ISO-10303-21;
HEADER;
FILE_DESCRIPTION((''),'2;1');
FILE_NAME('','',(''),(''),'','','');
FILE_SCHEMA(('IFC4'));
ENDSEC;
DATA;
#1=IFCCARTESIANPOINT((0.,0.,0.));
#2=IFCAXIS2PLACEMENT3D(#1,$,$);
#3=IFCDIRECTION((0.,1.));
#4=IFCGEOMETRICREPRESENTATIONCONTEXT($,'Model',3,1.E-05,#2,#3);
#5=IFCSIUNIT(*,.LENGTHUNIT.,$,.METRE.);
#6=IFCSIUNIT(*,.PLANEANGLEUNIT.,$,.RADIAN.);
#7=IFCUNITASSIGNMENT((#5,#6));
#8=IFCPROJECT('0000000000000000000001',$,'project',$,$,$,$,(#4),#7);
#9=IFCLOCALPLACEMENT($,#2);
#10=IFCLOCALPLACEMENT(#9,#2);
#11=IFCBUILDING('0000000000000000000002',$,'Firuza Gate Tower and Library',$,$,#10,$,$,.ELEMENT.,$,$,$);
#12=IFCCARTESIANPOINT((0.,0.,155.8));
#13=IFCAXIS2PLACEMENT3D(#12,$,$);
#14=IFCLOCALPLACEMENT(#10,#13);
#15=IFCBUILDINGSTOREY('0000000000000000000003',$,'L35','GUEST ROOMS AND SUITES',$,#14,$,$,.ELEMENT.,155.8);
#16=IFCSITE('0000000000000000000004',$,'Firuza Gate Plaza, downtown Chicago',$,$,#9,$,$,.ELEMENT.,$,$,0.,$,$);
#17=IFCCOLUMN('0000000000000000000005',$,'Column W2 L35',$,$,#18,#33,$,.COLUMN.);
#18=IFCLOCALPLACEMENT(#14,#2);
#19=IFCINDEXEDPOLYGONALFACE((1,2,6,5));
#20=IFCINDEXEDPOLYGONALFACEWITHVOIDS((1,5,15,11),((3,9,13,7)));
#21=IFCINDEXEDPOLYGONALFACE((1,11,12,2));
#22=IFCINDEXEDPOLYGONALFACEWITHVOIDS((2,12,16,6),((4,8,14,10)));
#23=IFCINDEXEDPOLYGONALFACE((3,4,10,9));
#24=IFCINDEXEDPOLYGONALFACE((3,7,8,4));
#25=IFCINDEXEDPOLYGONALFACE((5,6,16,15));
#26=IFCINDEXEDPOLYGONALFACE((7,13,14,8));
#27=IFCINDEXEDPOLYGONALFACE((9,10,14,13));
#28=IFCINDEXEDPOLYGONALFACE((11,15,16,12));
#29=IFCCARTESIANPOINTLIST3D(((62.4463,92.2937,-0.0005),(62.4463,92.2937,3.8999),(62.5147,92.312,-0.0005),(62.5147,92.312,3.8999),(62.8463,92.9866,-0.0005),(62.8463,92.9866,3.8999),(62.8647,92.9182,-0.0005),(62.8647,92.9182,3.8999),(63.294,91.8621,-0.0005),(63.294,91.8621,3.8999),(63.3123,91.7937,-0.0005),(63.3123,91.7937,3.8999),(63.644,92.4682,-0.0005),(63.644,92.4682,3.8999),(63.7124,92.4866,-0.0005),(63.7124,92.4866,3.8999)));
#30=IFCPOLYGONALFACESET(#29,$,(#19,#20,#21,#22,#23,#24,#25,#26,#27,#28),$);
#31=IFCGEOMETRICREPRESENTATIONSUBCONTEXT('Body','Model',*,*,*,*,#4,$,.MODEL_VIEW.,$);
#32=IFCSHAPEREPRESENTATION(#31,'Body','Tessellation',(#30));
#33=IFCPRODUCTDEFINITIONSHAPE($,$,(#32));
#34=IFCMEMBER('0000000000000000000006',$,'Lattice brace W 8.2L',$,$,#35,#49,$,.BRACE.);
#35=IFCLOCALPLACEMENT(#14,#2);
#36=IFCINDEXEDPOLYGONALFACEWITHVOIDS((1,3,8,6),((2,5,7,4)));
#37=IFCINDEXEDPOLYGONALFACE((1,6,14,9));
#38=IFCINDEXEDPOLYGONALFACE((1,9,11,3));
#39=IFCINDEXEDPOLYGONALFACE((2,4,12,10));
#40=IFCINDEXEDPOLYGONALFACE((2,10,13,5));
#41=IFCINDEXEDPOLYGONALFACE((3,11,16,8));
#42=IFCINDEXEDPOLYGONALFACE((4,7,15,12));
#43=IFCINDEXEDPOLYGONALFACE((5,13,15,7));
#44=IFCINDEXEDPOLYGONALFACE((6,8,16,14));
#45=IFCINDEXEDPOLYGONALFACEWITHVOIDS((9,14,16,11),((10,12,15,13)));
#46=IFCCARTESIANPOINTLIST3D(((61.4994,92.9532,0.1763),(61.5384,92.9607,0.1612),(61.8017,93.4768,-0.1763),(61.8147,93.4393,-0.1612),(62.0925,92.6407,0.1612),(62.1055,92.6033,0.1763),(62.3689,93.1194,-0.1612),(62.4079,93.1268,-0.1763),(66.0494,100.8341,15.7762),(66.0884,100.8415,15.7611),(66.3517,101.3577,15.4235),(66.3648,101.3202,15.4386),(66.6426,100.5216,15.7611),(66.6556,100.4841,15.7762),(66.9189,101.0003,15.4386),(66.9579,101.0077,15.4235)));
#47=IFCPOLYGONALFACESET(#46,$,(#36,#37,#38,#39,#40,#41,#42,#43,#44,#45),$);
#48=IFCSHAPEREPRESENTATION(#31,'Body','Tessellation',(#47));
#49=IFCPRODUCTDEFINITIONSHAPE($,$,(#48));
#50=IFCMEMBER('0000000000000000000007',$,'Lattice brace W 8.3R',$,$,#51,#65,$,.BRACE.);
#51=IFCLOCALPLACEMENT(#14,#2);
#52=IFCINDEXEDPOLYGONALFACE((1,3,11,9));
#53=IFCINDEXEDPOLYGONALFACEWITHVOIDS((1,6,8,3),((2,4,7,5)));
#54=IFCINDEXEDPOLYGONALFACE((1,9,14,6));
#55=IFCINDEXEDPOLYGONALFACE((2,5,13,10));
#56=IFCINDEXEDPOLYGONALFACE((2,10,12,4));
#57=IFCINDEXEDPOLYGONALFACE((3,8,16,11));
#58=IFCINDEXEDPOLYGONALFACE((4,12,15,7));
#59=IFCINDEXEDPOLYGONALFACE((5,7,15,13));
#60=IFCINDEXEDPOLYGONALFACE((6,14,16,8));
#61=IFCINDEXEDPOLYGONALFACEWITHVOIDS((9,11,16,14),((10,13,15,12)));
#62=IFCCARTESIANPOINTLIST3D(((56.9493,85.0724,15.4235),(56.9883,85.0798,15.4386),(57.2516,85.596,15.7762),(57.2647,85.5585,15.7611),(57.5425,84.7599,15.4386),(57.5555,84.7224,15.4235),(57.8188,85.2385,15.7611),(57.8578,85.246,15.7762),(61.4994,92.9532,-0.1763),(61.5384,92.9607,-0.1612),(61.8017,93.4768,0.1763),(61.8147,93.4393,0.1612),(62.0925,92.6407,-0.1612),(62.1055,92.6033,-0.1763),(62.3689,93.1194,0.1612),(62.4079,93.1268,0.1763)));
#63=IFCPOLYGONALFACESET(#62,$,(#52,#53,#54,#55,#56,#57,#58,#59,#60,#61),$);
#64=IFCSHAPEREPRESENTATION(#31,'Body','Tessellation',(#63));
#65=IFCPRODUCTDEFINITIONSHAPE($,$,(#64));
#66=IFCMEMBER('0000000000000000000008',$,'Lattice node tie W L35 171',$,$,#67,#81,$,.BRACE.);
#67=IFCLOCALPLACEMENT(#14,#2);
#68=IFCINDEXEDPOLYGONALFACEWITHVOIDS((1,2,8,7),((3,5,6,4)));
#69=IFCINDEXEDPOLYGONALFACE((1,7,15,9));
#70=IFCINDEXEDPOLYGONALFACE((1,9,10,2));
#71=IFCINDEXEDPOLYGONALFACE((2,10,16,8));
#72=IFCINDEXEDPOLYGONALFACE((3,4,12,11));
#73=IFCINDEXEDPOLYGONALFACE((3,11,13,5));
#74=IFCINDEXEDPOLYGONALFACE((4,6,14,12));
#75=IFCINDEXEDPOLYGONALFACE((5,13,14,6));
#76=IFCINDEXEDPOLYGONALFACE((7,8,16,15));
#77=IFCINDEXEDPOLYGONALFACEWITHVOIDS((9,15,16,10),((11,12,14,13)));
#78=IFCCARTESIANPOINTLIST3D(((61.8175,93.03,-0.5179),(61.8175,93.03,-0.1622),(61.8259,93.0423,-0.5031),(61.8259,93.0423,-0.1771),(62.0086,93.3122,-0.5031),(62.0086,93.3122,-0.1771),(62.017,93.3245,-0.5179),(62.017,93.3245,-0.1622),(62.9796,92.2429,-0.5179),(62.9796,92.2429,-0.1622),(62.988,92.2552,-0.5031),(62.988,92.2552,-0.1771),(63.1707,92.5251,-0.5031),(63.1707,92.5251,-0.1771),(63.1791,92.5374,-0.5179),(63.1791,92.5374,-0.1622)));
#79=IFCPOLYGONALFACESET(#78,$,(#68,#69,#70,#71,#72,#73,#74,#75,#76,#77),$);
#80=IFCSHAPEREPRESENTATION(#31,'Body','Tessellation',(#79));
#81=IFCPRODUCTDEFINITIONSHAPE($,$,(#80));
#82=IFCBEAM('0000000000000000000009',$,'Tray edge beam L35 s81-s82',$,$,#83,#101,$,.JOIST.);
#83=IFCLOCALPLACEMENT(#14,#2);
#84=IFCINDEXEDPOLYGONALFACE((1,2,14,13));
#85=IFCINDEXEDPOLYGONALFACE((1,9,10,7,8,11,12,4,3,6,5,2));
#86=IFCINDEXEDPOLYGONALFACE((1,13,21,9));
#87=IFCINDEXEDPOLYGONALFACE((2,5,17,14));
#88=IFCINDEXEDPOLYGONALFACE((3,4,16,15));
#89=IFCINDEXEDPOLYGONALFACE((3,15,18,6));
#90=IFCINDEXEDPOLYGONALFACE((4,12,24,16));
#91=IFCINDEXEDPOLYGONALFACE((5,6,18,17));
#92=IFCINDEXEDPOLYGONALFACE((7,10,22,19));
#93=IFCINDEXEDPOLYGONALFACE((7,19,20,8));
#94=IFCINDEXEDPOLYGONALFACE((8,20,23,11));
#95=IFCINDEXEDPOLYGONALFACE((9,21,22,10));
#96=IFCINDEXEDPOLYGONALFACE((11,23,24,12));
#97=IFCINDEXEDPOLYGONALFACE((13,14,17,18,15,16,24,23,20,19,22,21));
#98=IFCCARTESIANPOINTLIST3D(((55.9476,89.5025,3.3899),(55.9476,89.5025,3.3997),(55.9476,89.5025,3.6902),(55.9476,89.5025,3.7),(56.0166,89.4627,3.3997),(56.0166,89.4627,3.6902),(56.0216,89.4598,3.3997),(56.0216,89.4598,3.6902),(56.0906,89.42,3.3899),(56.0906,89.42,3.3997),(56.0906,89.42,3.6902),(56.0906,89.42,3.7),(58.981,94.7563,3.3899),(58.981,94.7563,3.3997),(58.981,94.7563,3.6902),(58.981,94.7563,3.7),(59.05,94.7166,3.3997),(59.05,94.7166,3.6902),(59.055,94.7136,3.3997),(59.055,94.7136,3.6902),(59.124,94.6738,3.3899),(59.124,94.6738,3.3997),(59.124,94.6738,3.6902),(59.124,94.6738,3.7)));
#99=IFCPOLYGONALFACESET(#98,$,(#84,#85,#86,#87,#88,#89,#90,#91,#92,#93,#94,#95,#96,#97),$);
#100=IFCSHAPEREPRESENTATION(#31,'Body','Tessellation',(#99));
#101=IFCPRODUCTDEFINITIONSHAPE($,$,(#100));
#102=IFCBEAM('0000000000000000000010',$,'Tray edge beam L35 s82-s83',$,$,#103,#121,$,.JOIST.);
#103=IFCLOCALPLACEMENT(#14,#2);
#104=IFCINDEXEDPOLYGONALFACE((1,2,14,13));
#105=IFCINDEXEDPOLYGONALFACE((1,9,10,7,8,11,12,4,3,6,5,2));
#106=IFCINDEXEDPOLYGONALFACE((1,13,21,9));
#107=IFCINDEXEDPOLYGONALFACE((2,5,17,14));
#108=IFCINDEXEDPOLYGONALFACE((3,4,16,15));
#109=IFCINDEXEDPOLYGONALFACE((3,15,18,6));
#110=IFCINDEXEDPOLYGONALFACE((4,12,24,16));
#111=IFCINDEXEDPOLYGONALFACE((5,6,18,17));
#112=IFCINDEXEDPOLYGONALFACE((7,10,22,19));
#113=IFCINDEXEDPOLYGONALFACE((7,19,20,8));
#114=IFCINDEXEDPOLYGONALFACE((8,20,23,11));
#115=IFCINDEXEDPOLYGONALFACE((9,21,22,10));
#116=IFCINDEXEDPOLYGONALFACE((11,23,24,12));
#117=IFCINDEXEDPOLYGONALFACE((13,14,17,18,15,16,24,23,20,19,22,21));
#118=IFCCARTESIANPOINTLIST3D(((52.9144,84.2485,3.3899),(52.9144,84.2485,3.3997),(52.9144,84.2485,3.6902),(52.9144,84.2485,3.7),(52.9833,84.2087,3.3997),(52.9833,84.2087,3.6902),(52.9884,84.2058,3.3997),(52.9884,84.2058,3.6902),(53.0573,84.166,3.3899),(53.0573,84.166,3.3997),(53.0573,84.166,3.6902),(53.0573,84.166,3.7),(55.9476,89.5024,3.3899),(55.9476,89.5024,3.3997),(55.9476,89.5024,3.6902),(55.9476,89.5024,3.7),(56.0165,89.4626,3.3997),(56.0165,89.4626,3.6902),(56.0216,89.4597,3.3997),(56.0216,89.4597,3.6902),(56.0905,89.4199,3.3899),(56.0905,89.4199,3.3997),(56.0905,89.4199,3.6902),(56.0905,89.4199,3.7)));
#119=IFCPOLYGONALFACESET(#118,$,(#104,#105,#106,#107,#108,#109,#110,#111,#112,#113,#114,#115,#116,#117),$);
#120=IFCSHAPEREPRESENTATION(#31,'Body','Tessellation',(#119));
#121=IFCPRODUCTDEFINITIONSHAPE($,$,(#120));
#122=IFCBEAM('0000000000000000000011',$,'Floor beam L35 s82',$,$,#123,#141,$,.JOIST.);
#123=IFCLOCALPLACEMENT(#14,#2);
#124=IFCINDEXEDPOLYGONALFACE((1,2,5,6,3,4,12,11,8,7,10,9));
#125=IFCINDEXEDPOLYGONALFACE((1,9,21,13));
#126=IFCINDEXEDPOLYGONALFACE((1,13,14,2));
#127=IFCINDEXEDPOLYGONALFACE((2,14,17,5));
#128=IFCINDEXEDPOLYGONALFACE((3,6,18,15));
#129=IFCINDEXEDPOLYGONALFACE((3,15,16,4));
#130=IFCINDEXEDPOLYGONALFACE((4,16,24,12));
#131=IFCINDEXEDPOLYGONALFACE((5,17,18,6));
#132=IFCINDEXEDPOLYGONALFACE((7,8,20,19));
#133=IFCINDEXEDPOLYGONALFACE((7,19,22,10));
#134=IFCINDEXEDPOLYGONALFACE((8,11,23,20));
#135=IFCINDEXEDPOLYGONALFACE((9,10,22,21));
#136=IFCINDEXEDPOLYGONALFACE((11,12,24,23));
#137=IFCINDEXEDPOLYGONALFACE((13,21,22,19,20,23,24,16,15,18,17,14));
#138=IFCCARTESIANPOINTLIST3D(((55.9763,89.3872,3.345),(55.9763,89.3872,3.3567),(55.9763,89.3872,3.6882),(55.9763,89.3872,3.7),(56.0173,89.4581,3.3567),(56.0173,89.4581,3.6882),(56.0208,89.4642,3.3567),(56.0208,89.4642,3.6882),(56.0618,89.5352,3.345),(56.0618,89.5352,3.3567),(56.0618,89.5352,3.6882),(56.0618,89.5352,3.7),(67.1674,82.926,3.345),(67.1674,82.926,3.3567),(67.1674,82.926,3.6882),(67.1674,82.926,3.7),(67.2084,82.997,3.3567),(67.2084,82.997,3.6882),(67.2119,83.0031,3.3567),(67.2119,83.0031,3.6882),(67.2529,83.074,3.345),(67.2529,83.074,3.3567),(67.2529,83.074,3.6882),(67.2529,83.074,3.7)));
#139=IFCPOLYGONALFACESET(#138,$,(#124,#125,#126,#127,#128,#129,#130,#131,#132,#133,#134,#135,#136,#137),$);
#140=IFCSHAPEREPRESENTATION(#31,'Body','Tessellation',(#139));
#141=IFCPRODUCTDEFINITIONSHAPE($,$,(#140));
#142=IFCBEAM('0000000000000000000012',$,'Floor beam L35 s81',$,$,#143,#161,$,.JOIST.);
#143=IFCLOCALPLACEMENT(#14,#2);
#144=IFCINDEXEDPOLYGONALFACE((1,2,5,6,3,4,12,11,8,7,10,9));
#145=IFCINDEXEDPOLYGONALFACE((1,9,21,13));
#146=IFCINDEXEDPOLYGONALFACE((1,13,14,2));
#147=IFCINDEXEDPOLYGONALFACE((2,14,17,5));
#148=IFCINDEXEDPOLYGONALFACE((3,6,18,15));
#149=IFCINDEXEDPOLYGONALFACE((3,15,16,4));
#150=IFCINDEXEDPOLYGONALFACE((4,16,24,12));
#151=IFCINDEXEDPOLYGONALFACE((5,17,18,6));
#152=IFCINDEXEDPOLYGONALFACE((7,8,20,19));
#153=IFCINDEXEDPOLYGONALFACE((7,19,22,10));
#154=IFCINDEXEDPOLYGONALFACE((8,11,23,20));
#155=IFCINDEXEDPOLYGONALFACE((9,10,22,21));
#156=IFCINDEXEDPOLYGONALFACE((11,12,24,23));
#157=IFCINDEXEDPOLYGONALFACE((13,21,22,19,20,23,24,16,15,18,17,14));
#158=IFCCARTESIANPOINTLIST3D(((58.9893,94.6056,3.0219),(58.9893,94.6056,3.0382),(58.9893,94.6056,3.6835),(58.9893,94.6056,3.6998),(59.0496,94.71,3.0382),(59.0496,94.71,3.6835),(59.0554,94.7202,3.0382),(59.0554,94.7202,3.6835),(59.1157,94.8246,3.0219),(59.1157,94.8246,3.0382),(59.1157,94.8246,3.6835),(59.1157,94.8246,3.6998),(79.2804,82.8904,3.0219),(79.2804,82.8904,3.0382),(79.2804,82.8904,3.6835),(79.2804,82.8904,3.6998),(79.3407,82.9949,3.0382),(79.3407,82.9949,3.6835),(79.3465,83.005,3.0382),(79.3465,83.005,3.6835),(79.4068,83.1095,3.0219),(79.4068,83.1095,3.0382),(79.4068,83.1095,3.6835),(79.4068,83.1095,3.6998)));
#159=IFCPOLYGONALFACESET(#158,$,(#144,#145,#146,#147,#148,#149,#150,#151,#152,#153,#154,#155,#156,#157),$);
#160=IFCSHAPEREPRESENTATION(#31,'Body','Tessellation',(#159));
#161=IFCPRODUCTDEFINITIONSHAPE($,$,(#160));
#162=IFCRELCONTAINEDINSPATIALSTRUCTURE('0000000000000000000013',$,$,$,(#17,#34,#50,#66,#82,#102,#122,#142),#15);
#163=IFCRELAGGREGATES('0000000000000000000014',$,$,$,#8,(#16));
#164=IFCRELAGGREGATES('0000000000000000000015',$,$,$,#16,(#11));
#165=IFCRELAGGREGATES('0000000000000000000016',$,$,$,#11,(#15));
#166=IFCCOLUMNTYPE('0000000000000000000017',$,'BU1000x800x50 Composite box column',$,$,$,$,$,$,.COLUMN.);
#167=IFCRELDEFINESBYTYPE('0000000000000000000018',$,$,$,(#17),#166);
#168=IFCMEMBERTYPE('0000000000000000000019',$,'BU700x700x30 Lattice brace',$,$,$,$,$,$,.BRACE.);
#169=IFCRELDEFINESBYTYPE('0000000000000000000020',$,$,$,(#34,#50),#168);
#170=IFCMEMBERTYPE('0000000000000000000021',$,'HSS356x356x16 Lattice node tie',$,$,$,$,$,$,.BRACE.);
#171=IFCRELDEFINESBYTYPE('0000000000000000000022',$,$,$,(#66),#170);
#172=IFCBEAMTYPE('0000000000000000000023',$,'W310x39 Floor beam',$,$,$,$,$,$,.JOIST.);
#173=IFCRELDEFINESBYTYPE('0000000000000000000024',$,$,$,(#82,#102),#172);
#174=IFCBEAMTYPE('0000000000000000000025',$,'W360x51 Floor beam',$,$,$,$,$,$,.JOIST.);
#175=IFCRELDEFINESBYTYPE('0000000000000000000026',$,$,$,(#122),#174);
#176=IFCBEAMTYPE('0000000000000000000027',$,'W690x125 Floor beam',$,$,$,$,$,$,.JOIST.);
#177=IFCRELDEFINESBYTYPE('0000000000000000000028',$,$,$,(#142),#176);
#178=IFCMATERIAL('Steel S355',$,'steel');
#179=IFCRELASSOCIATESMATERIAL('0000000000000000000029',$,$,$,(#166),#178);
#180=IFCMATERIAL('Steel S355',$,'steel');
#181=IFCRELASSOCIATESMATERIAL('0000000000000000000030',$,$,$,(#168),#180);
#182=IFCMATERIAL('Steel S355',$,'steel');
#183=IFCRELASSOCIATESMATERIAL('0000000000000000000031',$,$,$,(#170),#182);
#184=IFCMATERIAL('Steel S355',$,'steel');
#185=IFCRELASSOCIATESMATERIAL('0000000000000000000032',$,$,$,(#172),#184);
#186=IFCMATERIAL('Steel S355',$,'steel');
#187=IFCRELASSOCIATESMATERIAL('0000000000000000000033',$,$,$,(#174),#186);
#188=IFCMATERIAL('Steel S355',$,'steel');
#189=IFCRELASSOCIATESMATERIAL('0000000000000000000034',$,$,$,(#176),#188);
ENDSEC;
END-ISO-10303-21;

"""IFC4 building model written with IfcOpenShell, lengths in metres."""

from ifc_helpers import new_model, si_unit, direction, frame, origin, origin_2d, place, context, subcontext, project, spatial, hollow_rectangle, i_section, extrude, material, material_profile, profile_set, type_object, element, save


model = new_model("IFC4")

# Units and contexts
model_context = context("Model", 3, precision=1e-05, world=origin(), true_north=direction((0.0, 1.0)))
body_context = subcontext(model_context, "Body", "Model", "MODEL_VIEW")
ifc_project = project(units=[si_unit("LENGTHUNIT", "METRE"), si_unit("PLANEANGLEUNIT", "RADIAN")], contexts=[model_context])

# Site, building, storey
site_placement = place(None, origin())
site = spatial("IfcSite", under=ifc_project, at=site_placement, Name="Firuza Gate Plaza, downtown Chicago", CompositionType="ELEMENT", RefElevation=0.0)
building_placement = place(site_placement, origin())
building = spatial("IfcBuilding", under=site, at=building_placement, Name="Firuza Gate Tower and Library", CompositionType="ELEMENT")
storey_placement = place(building_placement, frame((0.0, 0.0, 155.8)))
storey = spatial("IfcBuildingStorey", under=building, at=storey_placement, Name="L35", Description="GUEST ROOMS AND SUITES", CompositionType="ELEMENT", Elevation=155.8)

# Column
ifc_material_1 = material(Name="Steel S355", Category="steel")
ifc_material_profile_1 = material_profile(ifc_material_1, hollow_rectangle(XDim=0.8, YDim=1.0, WallThickness=0.05, at=origin_2d()))
ifc_profile_set_1 = profile_set([ifc_material_profile_1], Name="Steel S355")
column_type = type_object("IfcColumnType", Name="BU1000x800x50 Composite box column", PredefinedType="COLUMN", material=ifc_profile_set_1)
column_placement = place(storey_placement, frame((63.0793, 92.3901, -0.0005), z_axis=(0.0, 0.0, 1.0), x_axis=(-0.5, -0.866025, 0.0)))
element("IfcColumn", 1, at=column_placement, inside=storey, type_object=column_type, Name="Column W2 L35", PredefinedType="COLUMN", context=body_context, shape_type="SweptSolid", body=[
    extrude(hollow_rectangle(XDim=0.8, YDim=1.0, WallThickness=0.05, at=origin_2d()), origin(), (0.0, 0.0, 1.0), 3.9004),
])

# Members
ifc_material_2 = material(Name="Steel S355", Category="steel")
ifc_material_profile_2 = material_profile(ifc_material_2, hollow_rectangle(XDim=0.7, YDim=0.7, WallThickness=0.03, at=origin_2d()))
ifc_profile_set_2 = profile_set([ifc_material_profile_2], Name="Steel S355")
member_type_1 = type_object("IfcMemberType", Name="BU700x700x30 Lattice brace", PredefinedType="BRACE", material=ifc_profile_set_2)
for number, where, z_axis, x_axis, name in (
    (2, (61.9536, 93.04, 0.0), (0.25194, 0.436369, 0.863776), (-0.866024, 0.500003, 0.0), "Lattice brace W 8.2L"),
    (3, (61.9536, 93.04, 0.0), (-0.25194, -0.436369, 0.863776), (0.866024, -0.500003, 0.0), "Lattice brace W 8.3R"),
):
    element("IfcMember", number, at=place(storey_placement, frame(where, z_axis=z_axis, x_axis=x_axis)), inside=storey, type_object=member_type_1, Name=name, PredefinedType="BRACE", context=body_context, shape_type="SweptSolid", body=[
        extrude(hollow_rectangle(XDim=0.7, YDim=0.7, WallThickness=0.03, at=origin_2d()), origin(), (0.0, 0.0, 1.0), 18.0601),
    ])
ifc_material_3 = material(Name="Steel S355", Category="steel")
ifc_material_profile_3 = material_profile(ifc_material_3, hollow_rectangle(XDim=0.3557, YDim=0.3557, WallThickness=0.0149, at=origin_2d()))
ifc_profile_set_3 = profile_set([ifc_material_profile_3], Name="Steel S355")
member_type_2 = type_object("IfcMemberType", Name="HSS356x356x16 Lattice node tie", PredefinedType="BRACE", material=ifc_profile_set_3)
member_placement = place(storey_placement, frame((63.0793, 92.3901, -0.3401), z_axis=(-0.82796, 0.560787, 0.0), x_axis=(-0.560787, -0.82796, 0.0)))
element("IfcMember", 4, at=member_placement, inside=storey, type_object=member_type_2, Name="Lattice node tie W L35 171", PredefinedType="BRACE", context=body_context, shape_type="SweptSolid", body=[
    extrude(hollow_rectangle(XDim=0.3557, YDim=0.3557, WallThickness=0.0149, at=origin_2d()), origin(), (0.0, 0.0, 1.0), 1.4036),
])

# Beams
ifc_material_4 = material(Name="Steel S355", Category="steel")
ifc_material_profile_4 = material_profile(ifc_material_4, i_section(OverallWidth=0.165, OverallDepth=0.3101, WebThickness=0.0059, FlangeThickness=0.0098, at=origin_2d()))
ifc_profile_set_4 = profile_set([ifc_material_profile_4], Name="Steel S355")
beam_type_1 = type_object("IfcBeamType", Name="W310x39 Floor beam", PredefinedType="JOIST", material=ifc_profile_set_4)
for number, where, z_axis, x_axis, name in (
    (5, (59.0525, 94.7151, 3.5449), (-0.500013, -0.866018, 0.0), (0.866018, -0.500013, 0.0), "Tray edge beam L35 s81-s82"),
    (6, (56.019, 89.4612, 3.5449), (-0.499983, -0.866035, 0.0), (0.866035, -0.499983, 0.0), "Tray edge beam L35 s82-s83"),
):
    element("IfcBeam", number, at=place(storey_placement, frame(where, z_axis=z_axis, x_axis=x_axis)), inside=storey, type_object=beam_type_1, Name=name, PredefinedType="JOIST", context=body_context, shape_type="SweptSolid", body=[
        extrude(i_section(OverallWidth=0.165, OverallDepth=0.3101, WebThickness=0.0059, FlangeThickness=0.0098, at=origin_2d()), origin(), (0.0, 0.0, 1.0), 6.0667),
    ])
ifc_material_5 = material(Name="Steel S355", Category="steel")
ifc_material_profile_5 = material_profile(ifc_material_5, i_section(OverallWidth=0.1709, OverallDepth=0.355, WebThickness=0.0071, FlangeThickness=0.0117, at=origin_2d()))
ifc_profile_set_5 = profile_set([ifc_material_profile_5], Name="Steel S355")
beam_type_2 = type_object("IfcBeamType", Name="W360x51 Floor beam", PredefinedType="JOIST", material=ifc_profile_set_5)
beam_1_placement = place(storey_placement, frame((56.019, 89.4612, 3.5225), z_axis=(0.866027, -0.499998, 0.0), x_axis=(0.499998, 0.866027, 0.0)))
element("IfcBeam", 7, at=beam_1_placement, inside=storey, type_object=beam_type_2, Name="Floor beam L35 s82", PredefinedType="JOIST", context=body_context, shape_type="SweptSolid", body=[
    extrude(i_section(OverallWidth=0.1709, OverallDepth=0.355, WebThickness=0.0071, FlangeThickness=0.0117, at=origin_2d()), origin(), (0.0, 0.0, 1.0), 12.9224),
])
ifc_material_6 = material(Name="Steel S355", Category="steel")
ifc_material_profile_6 = material_profile(ifc_material_6, i_section(OverallWidth=0.2529, OverallDepth=0.678, WebThickness=0.0117, FlangeThickness=0.0164, at=origin_2d()))
ifc_profile_set_6 = profile_set([ifc_material_profile_6], Name="Steel S355")
beam_type_3 = type_object("IfcBeamType", Name="W690x125 Floor beam", PredefinedType="JOIST", material=ifc_profile_set_6)
beam_2_placement = place(storey_placement, frame((59.0525, 94.7151, 3.3608), z_axis=(0.866024, -0.500002, 0.0), x_axis=(0.500002, 0.866024, 0.0)))
element("IfcBeam", 8, at=beam_2_placement, inside=storey, type_object=beam_type_3, Name="Floor beam L35 s81", PredefinedType="JOIST", context=body_context, shape_type="SweptSolid", body=[
    extrude(i_section(OverallWidth=0.2529, OverallDepth=0.678, WebThickness=0.0117, FlangeThickness=0.0164, at=origin_2d()), origin(), (0.0, 0.0, 1.0), 23.4302),
])

save(model, "model.ifc")
